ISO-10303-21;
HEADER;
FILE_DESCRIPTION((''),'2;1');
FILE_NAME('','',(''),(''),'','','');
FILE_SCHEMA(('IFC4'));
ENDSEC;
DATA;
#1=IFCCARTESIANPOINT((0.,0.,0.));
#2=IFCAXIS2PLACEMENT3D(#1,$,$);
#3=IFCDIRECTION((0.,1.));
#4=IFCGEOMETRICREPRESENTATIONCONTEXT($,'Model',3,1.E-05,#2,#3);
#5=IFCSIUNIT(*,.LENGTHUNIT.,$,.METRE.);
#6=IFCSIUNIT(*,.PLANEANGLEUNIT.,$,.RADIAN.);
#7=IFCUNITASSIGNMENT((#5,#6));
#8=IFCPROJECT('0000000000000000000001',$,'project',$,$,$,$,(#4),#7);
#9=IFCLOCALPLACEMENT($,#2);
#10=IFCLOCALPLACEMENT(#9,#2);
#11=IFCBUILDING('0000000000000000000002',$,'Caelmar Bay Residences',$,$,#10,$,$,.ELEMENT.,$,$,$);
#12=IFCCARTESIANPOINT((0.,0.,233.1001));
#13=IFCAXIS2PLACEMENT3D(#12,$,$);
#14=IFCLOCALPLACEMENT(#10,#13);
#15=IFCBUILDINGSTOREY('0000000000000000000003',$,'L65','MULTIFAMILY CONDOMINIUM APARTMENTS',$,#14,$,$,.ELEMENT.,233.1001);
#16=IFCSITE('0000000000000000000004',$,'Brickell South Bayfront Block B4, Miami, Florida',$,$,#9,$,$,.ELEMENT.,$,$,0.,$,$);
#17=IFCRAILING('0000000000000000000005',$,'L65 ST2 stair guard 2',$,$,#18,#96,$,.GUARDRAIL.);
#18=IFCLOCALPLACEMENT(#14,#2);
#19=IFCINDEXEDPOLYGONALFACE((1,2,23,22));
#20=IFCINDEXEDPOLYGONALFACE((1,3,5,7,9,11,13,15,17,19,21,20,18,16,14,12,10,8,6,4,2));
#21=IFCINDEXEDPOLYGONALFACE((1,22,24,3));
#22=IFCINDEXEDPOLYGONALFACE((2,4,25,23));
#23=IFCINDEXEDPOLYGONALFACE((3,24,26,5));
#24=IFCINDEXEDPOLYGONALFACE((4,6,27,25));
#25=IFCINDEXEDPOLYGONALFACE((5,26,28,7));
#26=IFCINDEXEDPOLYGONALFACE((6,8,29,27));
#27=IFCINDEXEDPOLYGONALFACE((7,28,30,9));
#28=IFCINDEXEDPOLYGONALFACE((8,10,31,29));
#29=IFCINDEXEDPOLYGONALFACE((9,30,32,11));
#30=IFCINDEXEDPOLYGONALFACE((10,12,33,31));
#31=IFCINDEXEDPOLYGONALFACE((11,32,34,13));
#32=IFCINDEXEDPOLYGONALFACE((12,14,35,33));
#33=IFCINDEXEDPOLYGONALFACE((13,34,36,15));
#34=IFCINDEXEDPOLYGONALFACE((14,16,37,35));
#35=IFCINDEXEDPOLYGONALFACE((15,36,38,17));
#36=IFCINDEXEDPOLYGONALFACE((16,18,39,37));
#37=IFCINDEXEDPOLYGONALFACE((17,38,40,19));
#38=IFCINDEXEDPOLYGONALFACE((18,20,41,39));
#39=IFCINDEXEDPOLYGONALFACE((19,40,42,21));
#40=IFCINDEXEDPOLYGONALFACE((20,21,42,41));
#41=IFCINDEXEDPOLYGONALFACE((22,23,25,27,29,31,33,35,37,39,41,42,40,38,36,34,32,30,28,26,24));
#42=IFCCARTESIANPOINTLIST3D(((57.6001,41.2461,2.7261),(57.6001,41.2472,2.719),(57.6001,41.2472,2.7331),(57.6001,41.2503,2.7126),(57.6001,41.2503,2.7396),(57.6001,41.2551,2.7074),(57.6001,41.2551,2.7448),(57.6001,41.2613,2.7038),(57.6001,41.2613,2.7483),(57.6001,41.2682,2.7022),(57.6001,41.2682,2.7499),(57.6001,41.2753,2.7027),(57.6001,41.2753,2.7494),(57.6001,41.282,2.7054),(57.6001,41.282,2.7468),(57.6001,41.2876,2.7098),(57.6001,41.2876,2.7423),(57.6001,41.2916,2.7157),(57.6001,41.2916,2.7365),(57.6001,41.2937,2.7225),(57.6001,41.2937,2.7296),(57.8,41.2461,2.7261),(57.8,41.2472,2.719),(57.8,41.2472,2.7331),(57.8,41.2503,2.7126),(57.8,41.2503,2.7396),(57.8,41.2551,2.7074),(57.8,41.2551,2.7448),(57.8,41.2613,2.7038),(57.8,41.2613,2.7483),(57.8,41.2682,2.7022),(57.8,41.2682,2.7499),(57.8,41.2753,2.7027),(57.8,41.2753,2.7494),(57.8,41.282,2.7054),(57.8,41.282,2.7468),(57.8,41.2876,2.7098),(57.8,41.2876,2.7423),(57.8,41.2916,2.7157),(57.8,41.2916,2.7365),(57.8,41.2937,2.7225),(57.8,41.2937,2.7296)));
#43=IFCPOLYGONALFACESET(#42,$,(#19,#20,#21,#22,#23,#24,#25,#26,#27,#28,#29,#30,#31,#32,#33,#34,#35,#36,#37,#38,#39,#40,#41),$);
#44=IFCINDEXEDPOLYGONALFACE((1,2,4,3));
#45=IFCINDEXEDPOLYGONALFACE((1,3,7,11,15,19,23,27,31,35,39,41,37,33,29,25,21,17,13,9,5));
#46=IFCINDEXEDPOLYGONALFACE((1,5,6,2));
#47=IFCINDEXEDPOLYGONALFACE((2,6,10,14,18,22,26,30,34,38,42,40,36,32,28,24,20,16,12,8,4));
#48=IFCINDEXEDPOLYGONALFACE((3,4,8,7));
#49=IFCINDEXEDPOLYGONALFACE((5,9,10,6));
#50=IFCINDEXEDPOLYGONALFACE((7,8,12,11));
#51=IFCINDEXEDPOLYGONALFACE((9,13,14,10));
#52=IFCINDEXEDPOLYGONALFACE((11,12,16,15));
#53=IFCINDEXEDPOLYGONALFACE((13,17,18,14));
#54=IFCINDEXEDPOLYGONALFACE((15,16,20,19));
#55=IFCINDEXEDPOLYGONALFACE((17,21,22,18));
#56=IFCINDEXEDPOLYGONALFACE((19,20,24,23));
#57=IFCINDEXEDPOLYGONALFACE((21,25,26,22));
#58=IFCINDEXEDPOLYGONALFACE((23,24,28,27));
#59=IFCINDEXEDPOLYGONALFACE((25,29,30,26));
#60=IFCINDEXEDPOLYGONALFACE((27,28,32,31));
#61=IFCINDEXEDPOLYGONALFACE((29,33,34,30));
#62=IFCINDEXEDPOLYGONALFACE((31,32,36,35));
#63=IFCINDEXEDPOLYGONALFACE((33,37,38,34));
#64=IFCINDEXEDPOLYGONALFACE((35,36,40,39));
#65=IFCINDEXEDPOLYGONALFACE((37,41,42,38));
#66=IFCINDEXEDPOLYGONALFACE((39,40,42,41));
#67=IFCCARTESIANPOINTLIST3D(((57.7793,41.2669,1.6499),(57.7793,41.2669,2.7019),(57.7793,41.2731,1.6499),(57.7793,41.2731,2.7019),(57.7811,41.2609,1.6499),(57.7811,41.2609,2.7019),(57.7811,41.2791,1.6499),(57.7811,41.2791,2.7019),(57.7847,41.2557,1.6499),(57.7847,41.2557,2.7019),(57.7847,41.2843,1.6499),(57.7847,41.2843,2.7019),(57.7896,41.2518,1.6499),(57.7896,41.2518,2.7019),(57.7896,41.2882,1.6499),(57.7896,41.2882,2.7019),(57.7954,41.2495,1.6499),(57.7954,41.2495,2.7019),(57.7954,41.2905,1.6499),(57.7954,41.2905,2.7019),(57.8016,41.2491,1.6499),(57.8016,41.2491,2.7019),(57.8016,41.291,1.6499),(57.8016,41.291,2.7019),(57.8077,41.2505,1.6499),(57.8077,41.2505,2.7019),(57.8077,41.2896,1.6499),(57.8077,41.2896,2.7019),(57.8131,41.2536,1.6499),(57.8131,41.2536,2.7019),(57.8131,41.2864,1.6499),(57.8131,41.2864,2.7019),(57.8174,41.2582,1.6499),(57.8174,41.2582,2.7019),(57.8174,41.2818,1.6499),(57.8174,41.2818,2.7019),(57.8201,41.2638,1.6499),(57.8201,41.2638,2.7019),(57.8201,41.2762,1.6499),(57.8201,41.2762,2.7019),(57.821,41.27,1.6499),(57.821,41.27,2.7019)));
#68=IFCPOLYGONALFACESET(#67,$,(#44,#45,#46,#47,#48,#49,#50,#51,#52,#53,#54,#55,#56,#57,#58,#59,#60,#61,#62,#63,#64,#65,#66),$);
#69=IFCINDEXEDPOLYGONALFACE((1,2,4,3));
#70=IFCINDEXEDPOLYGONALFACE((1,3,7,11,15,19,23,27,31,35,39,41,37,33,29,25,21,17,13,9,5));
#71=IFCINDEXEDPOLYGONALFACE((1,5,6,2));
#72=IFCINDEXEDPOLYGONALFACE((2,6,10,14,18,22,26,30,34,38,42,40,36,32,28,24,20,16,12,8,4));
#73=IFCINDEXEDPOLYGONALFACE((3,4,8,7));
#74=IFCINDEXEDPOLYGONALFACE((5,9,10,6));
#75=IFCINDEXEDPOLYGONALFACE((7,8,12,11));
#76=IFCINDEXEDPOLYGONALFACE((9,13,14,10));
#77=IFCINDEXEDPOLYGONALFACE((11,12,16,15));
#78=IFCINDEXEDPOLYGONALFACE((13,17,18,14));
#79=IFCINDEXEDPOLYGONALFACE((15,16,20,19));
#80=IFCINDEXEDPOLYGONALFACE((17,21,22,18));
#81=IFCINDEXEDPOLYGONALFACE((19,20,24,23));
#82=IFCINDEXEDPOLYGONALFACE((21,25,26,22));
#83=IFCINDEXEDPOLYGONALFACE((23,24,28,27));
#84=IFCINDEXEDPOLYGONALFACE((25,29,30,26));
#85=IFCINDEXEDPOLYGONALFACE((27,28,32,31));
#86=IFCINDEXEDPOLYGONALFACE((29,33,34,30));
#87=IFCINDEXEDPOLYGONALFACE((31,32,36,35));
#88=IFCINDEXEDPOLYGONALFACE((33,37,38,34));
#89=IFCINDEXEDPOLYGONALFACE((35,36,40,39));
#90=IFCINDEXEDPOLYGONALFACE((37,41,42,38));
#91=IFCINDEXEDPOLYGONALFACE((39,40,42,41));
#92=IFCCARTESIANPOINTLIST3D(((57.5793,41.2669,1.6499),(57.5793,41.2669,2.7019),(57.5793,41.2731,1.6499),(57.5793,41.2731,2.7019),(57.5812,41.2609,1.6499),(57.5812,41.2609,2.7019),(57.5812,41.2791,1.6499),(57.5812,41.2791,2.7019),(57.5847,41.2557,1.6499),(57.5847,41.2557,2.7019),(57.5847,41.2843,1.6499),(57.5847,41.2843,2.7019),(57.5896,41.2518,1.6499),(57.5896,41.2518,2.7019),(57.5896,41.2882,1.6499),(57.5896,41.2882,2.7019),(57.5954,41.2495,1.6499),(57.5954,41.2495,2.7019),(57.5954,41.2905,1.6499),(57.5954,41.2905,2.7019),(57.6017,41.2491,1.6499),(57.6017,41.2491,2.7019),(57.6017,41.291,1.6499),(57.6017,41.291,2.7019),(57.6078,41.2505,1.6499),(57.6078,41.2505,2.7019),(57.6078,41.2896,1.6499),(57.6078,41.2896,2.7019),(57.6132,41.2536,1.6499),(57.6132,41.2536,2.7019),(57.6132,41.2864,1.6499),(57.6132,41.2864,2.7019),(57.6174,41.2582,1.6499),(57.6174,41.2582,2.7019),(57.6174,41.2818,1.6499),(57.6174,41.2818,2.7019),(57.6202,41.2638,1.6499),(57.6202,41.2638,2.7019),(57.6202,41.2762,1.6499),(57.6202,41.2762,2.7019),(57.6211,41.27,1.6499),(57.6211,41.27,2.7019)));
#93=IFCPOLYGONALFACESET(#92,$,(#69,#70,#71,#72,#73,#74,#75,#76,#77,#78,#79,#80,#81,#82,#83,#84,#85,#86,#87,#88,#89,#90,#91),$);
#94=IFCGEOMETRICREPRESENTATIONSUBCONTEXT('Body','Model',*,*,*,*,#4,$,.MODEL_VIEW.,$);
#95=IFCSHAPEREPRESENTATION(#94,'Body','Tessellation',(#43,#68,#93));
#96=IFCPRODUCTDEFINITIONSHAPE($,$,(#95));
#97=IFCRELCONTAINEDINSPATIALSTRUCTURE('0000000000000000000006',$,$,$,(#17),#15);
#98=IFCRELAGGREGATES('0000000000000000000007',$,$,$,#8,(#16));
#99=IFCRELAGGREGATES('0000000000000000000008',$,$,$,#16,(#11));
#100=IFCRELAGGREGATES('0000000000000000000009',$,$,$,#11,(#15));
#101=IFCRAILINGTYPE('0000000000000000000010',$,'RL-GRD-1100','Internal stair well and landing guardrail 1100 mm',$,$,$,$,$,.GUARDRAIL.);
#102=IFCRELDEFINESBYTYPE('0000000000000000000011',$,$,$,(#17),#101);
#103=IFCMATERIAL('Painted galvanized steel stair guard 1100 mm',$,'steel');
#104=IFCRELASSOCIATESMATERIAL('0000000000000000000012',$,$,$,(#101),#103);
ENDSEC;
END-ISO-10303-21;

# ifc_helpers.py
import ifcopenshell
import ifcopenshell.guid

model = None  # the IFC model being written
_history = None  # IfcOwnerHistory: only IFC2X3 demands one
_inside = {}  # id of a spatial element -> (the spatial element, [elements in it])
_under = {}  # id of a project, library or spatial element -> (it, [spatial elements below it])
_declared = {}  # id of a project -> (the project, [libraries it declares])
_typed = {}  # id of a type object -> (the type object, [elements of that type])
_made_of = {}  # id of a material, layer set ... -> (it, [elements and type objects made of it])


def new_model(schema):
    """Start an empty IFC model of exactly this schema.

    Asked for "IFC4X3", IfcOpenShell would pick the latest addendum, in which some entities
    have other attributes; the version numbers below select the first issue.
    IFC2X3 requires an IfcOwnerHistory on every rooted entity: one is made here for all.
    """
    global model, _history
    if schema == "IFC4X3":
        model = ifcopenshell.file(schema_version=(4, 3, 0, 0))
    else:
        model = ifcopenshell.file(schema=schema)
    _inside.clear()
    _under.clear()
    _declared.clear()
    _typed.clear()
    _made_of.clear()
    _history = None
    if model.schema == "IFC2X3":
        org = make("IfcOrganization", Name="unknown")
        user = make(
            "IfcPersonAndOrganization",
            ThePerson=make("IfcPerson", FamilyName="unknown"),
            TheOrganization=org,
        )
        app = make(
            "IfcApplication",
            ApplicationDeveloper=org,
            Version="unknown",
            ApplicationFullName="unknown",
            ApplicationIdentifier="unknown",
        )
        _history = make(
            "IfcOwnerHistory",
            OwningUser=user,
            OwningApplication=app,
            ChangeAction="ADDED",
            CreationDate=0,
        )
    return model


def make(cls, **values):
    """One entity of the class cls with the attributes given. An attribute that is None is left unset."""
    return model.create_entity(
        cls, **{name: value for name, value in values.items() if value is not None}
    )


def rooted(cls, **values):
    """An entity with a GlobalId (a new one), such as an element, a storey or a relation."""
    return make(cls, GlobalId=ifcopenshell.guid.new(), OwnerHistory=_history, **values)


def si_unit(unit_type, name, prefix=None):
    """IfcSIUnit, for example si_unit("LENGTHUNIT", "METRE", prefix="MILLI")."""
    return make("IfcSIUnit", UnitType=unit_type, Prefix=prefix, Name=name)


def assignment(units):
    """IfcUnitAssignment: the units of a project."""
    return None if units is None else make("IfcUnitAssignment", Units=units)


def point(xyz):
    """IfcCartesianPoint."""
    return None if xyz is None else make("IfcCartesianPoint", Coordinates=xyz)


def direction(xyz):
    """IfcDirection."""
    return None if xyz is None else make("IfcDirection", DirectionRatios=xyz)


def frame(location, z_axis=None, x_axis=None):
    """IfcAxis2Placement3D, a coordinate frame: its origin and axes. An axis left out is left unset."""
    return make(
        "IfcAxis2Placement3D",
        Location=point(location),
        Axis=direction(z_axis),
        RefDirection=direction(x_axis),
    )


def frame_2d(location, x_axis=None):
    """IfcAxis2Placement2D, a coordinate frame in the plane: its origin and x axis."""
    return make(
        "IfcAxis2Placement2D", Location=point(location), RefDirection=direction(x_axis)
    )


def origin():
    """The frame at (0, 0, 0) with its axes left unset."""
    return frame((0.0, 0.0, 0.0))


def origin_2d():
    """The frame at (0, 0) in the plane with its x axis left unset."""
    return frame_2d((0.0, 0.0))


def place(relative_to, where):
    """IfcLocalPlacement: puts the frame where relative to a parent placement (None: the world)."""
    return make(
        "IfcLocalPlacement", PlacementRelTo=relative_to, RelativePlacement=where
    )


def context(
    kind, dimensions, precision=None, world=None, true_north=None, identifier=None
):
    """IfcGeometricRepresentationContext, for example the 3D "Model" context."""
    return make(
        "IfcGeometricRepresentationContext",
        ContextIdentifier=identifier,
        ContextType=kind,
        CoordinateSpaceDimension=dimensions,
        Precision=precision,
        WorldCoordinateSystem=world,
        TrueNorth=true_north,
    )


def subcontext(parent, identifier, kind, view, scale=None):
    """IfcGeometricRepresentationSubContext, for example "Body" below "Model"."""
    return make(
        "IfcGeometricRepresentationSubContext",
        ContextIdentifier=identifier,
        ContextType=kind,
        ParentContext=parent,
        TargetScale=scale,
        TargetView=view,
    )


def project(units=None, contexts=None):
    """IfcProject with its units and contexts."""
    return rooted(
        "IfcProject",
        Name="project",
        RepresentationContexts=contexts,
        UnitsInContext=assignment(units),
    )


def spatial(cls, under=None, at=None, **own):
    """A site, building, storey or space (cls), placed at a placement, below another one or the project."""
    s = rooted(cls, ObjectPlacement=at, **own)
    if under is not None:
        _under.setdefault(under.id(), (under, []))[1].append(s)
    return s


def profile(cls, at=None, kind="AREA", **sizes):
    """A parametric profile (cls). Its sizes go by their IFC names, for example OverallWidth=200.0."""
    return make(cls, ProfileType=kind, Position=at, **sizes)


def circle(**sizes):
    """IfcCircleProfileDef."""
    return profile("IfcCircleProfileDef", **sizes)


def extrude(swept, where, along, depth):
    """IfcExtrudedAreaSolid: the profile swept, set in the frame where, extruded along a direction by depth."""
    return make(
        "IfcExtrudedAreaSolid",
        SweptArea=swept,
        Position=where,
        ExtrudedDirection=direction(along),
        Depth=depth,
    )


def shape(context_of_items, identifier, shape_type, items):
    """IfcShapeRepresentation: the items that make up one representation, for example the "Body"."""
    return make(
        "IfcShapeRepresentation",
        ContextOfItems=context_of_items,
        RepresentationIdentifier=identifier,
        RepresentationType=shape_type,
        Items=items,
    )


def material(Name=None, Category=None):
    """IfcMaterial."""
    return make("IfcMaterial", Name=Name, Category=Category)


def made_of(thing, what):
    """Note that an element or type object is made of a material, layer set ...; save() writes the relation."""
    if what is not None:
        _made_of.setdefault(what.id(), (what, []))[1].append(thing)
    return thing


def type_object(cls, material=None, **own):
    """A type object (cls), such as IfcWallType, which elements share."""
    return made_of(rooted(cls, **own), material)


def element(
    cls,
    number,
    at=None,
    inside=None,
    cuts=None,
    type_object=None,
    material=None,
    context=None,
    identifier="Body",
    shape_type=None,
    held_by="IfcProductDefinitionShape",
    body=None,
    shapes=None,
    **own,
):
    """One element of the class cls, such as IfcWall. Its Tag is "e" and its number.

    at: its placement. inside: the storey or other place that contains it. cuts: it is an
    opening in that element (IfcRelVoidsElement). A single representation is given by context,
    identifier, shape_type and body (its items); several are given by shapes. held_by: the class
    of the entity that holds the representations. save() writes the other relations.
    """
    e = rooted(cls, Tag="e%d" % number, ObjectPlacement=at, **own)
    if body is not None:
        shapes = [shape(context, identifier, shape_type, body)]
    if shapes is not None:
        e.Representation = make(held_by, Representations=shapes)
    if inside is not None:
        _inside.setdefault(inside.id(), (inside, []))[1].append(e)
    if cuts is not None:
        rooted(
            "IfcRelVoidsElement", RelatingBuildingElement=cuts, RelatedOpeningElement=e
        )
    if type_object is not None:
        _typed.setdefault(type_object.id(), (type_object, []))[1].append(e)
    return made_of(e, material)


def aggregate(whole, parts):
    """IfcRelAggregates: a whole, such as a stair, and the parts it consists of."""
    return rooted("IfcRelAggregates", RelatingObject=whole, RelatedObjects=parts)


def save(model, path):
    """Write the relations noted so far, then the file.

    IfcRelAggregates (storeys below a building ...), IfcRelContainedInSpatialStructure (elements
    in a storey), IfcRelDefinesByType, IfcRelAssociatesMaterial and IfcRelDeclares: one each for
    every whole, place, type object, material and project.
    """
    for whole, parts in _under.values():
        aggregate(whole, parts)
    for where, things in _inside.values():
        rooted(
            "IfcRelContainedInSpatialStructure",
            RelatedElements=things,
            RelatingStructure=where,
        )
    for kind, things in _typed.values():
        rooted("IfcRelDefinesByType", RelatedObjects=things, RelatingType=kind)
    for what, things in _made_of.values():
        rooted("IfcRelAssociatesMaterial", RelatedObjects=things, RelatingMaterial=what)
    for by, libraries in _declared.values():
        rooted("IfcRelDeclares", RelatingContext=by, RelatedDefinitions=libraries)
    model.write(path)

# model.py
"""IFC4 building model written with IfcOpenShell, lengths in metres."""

from ifc_helpers import new_model, si_unit, direction, frame, origin, origin_2d, place, context, subcontext, project, spatial, circle, extrude, material, type_object, element, save


model = new_model("IFC4")

# Units and contexts
model_context = context("Model", 3, precision=1e-05, world=origin(), true_north=direction((0.0, 1.0)))
body_context = subcontext(model_context, "Body", "Model", "MODEL_VIEW")
ifc_project = project(units=[si_unit("LENGTHUNIT", "METRE"), si_unit("PLANEANGLEUNIT", "RADIAN")], contexts=[model_context])

# Site, building, storey
site_placement = place(None, origin())
site = spatial("IfcSite", under=ifc_project, at=site_placement, Name="Brickell South Bayfront Block B4, Miami, Florida", CompositionType="ELEMENT", RefElevation=0.0)
building_placement = place(site_placement, origin())
building = spatial("IfcBuilding", under=site, at=building_placement, Name="Caelmar Bay Residences", CompositionType="ELEMENT")
storey_placement = place(building_placement, frame((0.0, 0.0, 233.1001)))
storey = spatial("IfcBuildingStorey", under=building, at=storey_placement, Name="L65", Description="MULTIFAMILY CONDOMINIUM APARTMENTS", CompositionType="ELEMENT", Elevation=233.1001)

# Railing
ifc_material_1 = material(Name="Painted galvanized steel stair guard 1100 mm", Category="steel")
railing_type_1 = type_object("IfcRailingType", Name="RL-GRD-1100", Description="Internal stair well and landing guardrail 1100 mm", PredefinedType="GUARDRAIL", material=ifc_material_1)
railing_1_placement = place(storey_placement, frame((57.8, 41.27, 1.6499)))
element("IfcRailing", 1, at=railing_1_placement, inside=storey, type_object=railing_type_1, Name="L65 ST2 stair guard 2", PredefinedType="GUARDRAIL", context=body_context, shape_type="SweptSolid", body=[
    extrude(circle(Radius=0.0239, at=origin_2d()), frame((0.0, 0.0, 1.0762), z_axis=(-1.0, 0.0, 0.0), x_axis=(0.0, -1.0, 0.0)), (0.0, 0.0, 1.0), 0.2),
    extrude(circle(Radius=0.021, at=origin_2d()), origin(), (0.0, 0.0, 1.0), 1.052),
    extrude(circle(Radius=0.021, at=origin_2d()), frame((-0.2, 0.0, 0.0)), (0.0, 0.0, 1.0), 1.052),
])

save(model, "model.ifc")
